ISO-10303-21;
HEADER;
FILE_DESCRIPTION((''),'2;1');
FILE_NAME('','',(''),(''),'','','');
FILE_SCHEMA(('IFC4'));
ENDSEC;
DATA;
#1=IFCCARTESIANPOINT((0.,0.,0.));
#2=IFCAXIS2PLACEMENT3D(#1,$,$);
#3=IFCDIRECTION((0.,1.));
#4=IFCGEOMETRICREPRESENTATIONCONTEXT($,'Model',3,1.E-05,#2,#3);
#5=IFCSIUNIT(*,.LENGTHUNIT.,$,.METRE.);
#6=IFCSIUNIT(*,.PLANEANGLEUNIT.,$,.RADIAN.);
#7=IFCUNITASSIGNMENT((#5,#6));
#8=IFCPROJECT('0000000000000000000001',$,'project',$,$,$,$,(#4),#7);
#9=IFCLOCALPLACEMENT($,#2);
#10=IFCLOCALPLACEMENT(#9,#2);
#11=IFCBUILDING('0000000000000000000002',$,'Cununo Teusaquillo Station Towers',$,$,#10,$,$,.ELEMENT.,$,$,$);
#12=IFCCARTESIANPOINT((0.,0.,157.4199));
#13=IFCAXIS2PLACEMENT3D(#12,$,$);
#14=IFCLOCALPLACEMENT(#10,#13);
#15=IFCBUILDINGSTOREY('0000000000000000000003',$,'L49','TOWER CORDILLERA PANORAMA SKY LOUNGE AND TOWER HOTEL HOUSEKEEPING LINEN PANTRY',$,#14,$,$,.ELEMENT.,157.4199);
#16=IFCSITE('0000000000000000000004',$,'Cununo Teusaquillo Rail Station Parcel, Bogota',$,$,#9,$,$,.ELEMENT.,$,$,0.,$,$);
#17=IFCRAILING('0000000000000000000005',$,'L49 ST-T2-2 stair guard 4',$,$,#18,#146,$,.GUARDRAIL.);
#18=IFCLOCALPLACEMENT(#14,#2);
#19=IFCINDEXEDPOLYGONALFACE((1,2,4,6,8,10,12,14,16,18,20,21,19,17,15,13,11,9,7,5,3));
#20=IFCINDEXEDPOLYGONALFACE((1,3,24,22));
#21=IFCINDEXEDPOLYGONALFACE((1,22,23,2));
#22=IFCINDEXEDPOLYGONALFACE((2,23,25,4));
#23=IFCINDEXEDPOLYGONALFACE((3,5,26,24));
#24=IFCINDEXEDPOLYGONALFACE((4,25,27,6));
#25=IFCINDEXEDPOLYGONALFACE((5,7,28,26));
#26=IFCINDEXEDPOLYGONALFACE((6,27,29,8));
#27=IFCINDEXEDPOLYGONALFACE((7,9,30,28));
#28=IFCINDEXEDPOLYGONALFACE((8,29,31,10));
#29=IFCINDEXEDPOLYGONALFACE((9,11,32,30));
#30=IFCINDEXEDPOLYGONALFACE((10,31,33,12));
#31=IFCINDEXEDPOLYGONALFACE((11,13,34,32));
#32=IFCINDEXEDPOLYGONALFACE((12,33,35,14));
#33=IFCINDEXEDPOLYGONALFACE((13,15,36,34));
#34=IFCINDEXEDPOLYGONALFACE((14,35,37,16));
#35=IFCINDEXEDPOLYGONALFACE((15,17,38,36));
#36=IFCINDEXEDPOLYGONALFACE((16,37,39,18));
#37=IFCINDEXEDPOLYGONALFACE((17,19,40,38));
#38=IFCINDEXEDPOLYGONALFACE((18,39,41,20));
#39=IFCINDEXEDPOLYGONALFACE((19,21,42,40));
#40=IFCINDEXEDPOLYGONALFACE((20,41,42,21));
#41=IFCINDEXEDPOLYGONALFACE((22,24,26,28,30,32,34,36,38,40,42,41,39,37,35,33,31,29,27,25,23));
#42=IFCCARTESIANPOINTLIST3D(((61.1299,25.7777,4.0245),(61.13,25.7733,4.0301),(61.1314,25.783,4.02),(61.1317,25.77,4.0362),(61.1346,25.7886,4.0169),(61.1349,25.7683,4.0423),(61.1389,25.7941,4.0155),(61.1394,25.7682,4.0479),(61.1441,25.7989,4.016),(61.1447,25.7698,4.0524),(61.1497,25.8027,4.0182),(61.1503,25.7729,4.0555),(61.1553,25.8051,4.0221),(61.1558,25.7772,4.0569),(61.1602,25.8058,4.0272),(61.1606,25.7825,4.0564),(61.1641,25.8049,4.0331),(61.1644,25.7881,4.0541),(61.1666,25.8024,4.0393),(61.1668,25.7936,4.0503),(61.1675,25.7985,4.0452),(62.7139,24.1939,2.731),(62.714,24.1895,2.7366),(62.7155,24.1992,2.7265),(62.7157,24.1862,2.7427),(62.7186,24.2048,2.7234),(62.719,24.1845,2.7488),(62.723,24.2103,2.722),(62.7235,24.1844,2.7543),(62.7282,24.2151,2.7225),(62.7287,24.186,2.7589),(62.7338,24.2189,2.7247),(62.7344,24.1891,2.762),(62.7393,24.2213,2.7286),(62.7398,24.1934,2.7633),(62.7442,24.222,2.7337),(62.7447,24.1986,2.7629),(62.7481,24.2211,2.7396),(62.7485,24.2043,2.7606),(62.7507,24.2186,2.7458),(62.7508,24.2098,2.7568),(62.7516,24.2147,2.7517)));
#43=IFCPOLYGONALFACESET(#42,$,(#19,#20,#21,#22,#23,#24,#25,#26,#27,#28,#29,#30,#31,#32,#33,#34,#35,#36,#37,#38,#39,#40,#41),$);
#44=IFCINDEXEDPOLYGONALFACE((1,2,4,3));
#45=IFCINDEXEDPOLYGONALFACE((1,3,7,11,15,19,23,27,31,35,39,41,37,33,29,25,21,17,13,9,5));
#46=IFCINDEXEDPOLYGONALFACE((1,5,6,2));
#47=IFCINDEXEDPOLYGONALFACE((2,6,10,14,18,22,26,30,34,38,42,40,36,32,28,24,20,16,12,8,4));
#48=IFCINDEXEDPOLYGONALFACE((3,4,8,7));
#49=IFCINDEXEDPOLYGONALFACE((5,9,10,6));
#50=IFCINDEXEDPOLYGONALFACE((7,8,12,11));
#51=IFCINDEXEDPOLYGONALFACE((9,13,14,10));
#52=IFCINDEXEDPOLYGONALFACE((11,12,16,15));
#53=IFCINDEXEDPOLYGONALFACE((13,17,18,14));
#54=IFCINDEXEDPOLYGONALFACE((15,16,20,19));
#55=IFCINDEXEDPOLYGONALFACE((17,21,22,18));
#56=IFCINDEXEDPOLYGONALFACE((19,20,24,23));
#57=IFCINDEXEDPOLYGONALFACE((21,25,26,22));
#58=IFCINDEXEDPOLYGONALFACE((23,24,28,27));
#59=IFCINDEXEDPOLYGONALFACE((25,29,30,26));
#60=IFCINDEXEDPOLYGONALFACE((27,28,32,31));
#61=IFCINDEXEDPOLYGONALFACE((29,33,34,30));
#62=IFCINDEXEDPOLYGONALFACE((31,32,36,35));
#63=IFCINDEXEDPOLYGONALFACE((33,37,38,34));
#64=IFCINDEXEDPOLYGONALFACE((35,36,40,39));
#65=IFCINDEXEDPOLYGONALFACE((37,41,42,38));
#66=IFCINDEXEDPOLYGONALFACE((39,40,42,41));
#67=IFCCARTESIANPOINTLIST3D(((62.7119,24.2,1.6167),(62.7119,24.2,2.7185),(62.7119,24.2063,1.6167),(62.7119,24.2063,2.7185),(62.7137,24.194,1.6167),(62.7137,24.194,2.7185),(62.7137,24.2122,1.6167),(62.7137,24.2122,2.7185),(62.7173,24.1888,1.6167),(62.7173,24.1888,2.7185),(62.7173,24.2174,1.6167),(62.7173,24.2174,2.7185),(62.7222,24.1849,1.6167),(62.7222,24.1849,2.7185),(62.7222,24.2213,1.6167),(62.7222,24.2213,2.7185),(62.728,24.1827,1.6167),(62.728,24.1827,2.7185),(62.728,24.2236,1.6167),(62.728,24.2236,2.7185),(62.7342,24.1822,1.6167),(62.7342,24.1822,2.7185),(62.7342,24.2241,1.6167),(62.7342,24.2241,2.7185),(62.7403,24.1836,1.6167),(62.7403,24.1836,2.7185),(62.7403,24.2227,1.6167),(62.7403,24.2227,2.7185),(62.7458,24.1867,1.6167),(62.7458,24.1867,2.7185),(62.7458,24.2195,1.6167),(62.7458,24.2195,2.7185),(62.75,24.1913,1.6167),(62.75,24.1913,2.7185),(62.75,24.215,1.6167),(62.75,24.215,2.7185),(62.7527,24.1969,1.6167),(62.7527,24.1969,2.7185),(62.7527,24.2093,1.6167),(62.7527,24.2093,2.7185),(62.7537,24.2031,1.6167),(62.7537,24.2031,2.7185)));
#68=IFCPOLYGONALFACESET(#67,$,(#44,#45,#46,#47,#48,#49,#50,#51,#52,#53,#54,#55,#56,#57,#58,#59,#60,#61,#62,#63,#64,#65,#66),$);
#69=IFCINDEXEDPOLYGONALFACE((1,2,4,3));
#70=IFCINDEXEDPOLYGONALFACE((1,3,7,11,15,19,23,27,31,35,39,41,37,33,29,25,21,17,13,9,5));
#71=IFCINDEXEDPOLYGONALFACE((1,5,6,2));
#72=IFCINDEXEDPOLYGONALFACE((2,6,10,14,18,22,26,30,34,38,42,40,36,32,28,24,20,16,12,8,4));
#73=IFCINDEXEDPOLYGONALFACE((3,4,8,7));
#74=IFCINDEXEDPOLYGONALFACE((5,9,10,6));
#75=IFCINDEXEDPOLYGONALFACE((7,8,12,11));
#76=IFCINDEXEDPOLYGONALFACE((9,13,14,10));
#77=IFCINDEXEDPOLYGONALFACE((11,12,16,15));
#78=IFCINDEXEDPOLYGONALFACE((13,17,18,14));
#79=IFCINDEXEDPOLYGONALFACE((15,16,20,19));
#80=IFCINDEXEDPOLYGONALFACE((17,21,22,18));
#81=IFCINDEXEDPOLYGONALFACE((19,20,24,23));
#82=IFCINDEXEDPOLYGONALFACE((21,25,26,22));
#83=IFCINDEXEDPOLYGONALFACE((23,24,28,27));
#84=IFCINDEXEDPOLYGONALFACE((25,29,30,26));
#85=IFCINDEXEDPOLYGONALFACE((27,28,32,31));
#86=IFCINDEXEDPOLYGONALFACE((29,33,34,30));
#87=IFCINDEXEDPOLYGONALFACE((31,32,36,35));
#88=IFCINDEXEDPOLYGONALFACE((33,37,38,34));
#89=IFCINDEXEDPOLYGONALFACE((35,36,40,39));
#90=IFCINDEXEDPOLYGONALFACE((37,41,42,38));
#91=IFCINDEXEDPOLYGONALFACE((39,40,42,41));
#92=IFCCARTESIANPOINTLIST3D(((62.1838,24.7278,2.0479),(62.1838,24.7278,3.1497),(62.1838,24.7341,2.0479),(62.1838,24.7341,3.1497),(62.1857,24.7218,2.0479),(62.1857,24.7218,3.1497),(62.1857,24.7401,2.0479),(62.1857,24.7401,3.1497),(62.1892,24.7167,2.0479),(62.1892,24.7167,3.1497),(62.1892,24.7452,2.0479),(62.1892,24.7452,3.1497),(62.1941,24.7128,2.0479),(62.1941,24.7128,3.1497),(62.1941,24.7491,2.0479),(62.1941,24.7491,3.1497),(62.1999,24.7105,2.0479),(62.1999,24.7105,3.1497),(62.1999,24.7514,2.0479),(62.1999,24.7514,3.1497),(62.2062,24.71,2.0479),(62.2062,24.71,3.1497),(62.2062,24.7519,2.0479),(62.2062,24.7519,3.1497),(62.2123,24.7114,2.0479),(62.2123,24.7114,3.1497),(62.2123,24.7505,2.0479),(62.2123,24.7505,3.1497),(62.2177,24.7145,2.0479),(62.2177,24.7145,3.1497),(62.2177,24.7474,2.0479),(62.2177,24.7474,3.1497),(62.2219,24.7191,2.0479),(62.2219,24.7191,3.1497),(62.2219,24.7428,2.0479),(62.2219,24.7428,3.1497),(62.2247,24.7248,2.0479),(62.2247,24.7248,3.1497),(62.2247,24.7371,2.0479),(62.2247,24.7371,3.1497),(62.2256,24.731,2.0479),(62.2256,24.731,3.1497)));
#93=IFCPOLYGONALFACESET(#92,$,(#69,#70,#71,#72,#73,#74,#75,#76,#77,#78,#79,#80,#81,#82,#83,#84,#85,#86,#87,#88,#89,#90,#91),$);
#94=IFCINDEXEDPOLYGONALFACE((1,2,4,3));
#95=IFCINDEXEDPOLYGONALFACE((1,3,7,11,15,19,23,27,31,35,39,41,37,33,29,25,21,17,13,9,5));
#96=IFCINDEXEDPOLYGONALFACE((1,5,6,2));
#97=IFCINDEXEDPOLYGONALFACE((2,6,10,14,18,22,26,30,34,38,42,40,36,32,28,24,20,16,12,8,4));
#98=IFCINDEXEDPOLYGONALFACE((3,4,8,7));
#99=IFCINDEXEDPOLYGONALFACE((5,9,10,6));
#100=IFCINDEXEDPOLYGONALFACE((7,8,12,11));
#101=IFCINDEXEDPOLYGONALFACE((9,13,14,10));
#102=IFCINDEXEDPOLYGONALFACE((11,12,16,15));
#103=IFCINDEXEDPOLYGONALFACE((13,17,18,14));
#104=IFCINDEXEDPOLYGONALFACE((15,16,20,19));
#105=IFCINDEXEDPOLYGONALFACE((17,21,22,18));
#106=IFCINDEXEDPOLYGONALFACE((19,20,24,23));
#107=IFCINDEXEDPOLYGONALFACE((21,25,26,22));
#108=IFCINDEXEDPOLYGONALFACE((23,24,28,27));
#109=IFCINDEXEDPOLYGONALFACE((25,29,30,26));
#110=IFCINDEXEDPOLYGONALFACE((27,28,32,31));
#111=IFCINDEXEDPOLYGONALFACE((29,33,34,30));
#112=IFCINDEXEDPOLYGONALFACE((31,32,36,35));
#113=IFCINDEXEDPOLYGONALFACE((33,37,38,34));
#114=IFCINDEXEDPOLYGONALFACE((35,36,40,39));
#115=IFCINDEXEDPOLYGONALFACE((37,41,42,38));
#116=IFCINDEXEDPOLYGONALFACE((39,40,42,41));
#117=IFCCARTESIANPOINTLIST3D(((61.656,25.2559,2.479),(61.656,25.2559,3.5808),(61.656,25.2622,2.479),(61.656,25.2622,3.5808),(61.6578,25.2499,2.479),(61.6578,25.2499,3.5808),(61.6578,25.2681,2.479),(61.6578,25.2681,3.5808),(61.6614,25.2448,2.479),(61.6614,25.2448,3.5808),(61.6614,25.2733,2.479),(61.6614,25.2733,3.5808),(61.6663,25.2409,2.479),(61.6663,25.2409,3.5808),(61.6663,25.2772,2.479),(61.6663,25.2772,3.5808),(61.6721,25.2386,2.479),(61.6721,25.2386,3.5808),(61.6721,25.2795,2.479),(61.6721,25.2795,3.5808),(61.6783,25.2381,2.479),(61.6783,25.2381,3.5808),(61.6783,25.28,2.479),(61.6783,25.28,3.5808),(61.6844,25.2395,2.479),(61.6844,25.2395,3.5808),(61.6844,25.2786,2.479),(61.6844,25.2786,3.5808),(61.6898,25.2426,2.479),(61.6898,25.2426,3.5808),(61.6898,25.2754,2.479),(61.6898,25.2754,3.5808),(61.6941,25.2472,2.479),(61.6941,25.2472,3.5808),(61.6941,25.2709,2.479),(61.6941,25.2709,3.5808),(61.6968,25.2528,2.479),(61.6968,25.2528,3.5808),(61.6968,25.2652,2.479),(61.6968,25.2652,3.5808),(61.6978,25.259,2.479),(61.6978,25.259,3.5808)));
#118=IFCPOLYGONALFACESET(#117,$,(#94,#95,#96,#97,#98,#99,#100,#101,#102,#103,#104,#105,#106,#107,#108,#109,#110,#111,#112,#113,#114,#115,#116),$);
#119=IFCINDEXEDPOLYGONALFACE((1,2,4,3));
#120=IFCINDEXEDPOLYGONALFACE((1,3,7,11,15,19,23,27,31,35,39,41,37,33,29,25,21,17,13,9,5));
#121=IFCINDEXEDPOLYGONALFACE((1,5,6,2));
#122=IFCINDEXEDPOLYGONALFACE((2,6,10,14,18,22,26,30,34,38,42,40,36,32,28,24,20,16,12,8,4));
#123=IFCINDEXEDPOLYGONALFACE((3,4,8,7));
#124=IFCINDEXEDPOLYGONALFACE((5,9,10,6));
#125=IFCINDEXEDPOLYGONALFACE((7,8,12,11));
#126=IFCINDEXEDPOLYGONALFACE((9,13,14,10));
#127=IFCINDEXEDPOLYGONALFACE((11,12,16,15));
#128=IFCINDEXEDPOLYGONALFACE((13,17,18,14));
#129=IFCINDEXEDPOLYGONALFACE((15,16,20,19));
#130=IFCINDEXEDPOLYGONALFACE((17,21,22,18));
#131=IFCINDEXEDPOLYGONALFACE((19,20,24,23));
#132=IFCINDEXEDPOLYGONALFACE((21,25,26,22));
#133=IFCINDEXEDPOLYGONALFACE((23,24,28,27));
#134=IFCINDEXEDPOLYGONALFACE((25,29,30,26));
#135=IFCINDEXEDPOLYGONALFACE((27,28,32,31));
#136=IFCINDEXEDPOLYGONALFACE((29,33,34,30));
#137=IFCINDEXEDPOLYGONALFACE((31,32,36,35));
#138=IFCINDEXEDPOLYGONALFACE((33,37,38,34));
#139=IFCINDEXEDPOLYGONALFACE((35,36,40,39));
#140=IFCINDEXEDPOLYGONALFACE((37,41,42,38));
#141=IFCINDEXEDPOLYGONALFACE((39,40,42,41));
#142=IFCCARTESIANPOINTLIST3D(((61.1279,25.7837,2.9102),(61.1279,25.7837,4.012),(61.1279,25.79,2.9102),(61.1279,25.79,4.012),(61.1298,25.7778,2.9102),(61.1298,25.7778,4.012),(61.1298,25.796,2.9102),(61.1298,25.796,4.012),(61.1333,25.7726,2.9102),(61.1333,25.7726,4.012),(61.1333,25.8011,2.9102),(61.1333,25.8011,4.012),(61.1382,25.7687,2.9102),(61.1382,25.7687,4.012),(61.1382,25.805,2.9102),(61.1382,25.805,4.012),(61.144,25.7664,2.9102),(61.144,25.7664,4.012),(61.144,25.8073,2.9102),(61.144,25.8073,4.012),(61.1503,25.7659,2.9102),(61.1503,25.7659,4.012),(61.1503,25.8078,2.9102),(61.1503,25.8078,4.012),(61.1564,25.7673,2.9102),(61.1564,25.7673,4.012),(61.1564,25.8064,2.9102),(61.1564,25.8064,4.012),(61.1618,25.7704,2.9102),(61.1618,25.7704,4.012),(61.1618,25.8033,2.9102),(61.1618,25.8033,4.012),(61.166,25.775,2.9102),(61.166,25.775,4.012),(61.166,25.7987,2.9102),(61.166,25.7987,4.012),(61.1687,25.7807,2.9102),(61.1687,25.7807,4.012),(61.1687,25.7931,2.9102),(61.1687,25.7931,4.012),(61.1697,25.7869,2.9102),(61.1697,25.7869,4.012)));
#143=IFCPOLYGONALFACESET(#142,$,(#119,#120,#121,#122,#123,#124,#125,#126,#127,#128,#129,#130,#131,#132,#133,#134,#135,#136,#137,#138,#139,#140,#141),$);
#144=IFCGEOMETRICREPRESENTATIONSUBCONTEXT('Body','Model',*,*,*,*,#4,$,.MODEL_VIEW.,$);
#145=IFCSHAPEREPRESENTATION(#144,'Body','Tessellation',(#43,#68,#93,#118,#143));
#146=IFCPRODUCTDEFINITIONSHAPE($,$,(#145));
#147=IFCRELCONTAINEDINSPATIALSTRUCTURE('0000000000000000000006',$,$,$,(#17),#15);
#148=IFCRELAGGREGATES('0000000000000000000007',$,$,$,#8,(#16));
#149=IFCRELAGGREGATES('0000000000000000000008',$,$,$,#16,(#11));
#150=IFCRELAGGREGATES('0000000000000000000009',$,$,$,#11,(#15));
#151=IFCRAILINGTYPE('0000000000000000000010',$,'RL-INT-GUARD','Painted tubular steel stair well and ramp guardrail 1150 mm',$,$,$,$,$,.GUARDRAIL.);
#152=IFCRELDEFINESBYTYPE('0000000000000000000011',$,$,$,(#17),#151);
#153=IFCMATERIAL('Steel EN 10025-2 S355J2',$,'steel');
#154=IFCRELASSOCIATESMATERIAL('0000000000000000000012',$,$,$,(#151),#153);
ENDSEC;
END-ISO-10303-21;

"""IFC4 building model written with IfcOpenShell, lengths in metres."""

from ifc_helpers import new_model, si_unit, direction, frame, origin, origin_2d, place, context, subcontext, project, spatial, circle, extrude, material, type_object, element, save


model = new_model("IFC4")

# Units and contexts
model_context = context("Model", 3, precision=1e-05, world=origin(), true_north=direction((0.0, 1.0)))
body_context = subcontext(model_context, "Body", "Model", "MODEL_VIEW")
ifc_project = project(units=[si_unit("LENGTHUNIT", "METRE"), si_unit("PLANEANGLEUNIT", "RADIAN")], contexts=[model_context])

# Site, building, storey
site_placement = place(None, origin())
site = spatial("IfcSite", under=ifc_project, at=site_placement, Name="Cununo Teusaquillo Rail Station Parcel, Bogota", CompositionType="ELEMENT", RefElevation=0.0)
building_placement = place(site_placement, origin())
building = spatial("IfcBuilding", under=site, at=building_placement, Name="Cununo Teusaquillo Station Towers", CompositionType="ELEMENT")
storey_placement = place(building_placement, frame((0.0, 0.0, 157.4199)))
storey = spatial("IfcBuildingStorey", under=building, at=storey_placement, Name="L49", Description="TOWER CORDILLERA PANORAMA SKY LOUNGE AND TOWER HOTEL HOUSEKEEPING LINEN PANTRY", CompositionType="ELEMENT", Elevation=157.4199)

# Railing
ifc_material_1 = material(Name="Steel EN 10025-2 S355J2", Category="steel")
railing_type_1 = type_object("IfcRailingType", Name="RL-INT-GUARD", Description="Painted tubular steel stair well and ramp guardrail 1150 mm", PredefinedType="GUARDRAIL", material=ifc_material_1)
railing_1_placement = place(storey_placement, frame((62.7327, 24.2031, 1.6167)))
element("IfcRailing", 1, at=railing_1_placement, inside=storey, type_object=railing_type_1, Name="L49 ST-T2-2 stair guard 4", PredefinedType="GUARDRAIL", context=body_context, shape_type="SweptSolid", body=[
    extrude(circle(Radius=0.0239, at=origin_2d()), frame((0.0, 0.0, 1.126), z_axis=(-0.612391, 0.612297, 0.500069), x_axis=(-0.707052, -0.707161, 0.0)), (0.0, 0.0, 1.0), 2.5867),
    extrude(circle(Radius=0.021, at=origin_2d()), origin(), (0.0, 0.0, 1.0), 1.1018),
    extrude(circle(Radius=0.021, at=origin_2d()), frame((-0.5281, 0.5278, 0.4312)), (0.0, 0.0, 1.0), 1.1018),
    extrude(circle(Radius=0.021, at=origin_2d()), frame((-1.0559, 1.0559, 0.8623)), (0.0, 0.0, 1.0), 1.1018),
    extrude(circle(Radius=0.021, at=origin_2d()), frame((-1.584, 1.5837, 1.2935)), (0.0, 0.0, 1.0), 1.1018),
])

save(model, "model.ifc")
